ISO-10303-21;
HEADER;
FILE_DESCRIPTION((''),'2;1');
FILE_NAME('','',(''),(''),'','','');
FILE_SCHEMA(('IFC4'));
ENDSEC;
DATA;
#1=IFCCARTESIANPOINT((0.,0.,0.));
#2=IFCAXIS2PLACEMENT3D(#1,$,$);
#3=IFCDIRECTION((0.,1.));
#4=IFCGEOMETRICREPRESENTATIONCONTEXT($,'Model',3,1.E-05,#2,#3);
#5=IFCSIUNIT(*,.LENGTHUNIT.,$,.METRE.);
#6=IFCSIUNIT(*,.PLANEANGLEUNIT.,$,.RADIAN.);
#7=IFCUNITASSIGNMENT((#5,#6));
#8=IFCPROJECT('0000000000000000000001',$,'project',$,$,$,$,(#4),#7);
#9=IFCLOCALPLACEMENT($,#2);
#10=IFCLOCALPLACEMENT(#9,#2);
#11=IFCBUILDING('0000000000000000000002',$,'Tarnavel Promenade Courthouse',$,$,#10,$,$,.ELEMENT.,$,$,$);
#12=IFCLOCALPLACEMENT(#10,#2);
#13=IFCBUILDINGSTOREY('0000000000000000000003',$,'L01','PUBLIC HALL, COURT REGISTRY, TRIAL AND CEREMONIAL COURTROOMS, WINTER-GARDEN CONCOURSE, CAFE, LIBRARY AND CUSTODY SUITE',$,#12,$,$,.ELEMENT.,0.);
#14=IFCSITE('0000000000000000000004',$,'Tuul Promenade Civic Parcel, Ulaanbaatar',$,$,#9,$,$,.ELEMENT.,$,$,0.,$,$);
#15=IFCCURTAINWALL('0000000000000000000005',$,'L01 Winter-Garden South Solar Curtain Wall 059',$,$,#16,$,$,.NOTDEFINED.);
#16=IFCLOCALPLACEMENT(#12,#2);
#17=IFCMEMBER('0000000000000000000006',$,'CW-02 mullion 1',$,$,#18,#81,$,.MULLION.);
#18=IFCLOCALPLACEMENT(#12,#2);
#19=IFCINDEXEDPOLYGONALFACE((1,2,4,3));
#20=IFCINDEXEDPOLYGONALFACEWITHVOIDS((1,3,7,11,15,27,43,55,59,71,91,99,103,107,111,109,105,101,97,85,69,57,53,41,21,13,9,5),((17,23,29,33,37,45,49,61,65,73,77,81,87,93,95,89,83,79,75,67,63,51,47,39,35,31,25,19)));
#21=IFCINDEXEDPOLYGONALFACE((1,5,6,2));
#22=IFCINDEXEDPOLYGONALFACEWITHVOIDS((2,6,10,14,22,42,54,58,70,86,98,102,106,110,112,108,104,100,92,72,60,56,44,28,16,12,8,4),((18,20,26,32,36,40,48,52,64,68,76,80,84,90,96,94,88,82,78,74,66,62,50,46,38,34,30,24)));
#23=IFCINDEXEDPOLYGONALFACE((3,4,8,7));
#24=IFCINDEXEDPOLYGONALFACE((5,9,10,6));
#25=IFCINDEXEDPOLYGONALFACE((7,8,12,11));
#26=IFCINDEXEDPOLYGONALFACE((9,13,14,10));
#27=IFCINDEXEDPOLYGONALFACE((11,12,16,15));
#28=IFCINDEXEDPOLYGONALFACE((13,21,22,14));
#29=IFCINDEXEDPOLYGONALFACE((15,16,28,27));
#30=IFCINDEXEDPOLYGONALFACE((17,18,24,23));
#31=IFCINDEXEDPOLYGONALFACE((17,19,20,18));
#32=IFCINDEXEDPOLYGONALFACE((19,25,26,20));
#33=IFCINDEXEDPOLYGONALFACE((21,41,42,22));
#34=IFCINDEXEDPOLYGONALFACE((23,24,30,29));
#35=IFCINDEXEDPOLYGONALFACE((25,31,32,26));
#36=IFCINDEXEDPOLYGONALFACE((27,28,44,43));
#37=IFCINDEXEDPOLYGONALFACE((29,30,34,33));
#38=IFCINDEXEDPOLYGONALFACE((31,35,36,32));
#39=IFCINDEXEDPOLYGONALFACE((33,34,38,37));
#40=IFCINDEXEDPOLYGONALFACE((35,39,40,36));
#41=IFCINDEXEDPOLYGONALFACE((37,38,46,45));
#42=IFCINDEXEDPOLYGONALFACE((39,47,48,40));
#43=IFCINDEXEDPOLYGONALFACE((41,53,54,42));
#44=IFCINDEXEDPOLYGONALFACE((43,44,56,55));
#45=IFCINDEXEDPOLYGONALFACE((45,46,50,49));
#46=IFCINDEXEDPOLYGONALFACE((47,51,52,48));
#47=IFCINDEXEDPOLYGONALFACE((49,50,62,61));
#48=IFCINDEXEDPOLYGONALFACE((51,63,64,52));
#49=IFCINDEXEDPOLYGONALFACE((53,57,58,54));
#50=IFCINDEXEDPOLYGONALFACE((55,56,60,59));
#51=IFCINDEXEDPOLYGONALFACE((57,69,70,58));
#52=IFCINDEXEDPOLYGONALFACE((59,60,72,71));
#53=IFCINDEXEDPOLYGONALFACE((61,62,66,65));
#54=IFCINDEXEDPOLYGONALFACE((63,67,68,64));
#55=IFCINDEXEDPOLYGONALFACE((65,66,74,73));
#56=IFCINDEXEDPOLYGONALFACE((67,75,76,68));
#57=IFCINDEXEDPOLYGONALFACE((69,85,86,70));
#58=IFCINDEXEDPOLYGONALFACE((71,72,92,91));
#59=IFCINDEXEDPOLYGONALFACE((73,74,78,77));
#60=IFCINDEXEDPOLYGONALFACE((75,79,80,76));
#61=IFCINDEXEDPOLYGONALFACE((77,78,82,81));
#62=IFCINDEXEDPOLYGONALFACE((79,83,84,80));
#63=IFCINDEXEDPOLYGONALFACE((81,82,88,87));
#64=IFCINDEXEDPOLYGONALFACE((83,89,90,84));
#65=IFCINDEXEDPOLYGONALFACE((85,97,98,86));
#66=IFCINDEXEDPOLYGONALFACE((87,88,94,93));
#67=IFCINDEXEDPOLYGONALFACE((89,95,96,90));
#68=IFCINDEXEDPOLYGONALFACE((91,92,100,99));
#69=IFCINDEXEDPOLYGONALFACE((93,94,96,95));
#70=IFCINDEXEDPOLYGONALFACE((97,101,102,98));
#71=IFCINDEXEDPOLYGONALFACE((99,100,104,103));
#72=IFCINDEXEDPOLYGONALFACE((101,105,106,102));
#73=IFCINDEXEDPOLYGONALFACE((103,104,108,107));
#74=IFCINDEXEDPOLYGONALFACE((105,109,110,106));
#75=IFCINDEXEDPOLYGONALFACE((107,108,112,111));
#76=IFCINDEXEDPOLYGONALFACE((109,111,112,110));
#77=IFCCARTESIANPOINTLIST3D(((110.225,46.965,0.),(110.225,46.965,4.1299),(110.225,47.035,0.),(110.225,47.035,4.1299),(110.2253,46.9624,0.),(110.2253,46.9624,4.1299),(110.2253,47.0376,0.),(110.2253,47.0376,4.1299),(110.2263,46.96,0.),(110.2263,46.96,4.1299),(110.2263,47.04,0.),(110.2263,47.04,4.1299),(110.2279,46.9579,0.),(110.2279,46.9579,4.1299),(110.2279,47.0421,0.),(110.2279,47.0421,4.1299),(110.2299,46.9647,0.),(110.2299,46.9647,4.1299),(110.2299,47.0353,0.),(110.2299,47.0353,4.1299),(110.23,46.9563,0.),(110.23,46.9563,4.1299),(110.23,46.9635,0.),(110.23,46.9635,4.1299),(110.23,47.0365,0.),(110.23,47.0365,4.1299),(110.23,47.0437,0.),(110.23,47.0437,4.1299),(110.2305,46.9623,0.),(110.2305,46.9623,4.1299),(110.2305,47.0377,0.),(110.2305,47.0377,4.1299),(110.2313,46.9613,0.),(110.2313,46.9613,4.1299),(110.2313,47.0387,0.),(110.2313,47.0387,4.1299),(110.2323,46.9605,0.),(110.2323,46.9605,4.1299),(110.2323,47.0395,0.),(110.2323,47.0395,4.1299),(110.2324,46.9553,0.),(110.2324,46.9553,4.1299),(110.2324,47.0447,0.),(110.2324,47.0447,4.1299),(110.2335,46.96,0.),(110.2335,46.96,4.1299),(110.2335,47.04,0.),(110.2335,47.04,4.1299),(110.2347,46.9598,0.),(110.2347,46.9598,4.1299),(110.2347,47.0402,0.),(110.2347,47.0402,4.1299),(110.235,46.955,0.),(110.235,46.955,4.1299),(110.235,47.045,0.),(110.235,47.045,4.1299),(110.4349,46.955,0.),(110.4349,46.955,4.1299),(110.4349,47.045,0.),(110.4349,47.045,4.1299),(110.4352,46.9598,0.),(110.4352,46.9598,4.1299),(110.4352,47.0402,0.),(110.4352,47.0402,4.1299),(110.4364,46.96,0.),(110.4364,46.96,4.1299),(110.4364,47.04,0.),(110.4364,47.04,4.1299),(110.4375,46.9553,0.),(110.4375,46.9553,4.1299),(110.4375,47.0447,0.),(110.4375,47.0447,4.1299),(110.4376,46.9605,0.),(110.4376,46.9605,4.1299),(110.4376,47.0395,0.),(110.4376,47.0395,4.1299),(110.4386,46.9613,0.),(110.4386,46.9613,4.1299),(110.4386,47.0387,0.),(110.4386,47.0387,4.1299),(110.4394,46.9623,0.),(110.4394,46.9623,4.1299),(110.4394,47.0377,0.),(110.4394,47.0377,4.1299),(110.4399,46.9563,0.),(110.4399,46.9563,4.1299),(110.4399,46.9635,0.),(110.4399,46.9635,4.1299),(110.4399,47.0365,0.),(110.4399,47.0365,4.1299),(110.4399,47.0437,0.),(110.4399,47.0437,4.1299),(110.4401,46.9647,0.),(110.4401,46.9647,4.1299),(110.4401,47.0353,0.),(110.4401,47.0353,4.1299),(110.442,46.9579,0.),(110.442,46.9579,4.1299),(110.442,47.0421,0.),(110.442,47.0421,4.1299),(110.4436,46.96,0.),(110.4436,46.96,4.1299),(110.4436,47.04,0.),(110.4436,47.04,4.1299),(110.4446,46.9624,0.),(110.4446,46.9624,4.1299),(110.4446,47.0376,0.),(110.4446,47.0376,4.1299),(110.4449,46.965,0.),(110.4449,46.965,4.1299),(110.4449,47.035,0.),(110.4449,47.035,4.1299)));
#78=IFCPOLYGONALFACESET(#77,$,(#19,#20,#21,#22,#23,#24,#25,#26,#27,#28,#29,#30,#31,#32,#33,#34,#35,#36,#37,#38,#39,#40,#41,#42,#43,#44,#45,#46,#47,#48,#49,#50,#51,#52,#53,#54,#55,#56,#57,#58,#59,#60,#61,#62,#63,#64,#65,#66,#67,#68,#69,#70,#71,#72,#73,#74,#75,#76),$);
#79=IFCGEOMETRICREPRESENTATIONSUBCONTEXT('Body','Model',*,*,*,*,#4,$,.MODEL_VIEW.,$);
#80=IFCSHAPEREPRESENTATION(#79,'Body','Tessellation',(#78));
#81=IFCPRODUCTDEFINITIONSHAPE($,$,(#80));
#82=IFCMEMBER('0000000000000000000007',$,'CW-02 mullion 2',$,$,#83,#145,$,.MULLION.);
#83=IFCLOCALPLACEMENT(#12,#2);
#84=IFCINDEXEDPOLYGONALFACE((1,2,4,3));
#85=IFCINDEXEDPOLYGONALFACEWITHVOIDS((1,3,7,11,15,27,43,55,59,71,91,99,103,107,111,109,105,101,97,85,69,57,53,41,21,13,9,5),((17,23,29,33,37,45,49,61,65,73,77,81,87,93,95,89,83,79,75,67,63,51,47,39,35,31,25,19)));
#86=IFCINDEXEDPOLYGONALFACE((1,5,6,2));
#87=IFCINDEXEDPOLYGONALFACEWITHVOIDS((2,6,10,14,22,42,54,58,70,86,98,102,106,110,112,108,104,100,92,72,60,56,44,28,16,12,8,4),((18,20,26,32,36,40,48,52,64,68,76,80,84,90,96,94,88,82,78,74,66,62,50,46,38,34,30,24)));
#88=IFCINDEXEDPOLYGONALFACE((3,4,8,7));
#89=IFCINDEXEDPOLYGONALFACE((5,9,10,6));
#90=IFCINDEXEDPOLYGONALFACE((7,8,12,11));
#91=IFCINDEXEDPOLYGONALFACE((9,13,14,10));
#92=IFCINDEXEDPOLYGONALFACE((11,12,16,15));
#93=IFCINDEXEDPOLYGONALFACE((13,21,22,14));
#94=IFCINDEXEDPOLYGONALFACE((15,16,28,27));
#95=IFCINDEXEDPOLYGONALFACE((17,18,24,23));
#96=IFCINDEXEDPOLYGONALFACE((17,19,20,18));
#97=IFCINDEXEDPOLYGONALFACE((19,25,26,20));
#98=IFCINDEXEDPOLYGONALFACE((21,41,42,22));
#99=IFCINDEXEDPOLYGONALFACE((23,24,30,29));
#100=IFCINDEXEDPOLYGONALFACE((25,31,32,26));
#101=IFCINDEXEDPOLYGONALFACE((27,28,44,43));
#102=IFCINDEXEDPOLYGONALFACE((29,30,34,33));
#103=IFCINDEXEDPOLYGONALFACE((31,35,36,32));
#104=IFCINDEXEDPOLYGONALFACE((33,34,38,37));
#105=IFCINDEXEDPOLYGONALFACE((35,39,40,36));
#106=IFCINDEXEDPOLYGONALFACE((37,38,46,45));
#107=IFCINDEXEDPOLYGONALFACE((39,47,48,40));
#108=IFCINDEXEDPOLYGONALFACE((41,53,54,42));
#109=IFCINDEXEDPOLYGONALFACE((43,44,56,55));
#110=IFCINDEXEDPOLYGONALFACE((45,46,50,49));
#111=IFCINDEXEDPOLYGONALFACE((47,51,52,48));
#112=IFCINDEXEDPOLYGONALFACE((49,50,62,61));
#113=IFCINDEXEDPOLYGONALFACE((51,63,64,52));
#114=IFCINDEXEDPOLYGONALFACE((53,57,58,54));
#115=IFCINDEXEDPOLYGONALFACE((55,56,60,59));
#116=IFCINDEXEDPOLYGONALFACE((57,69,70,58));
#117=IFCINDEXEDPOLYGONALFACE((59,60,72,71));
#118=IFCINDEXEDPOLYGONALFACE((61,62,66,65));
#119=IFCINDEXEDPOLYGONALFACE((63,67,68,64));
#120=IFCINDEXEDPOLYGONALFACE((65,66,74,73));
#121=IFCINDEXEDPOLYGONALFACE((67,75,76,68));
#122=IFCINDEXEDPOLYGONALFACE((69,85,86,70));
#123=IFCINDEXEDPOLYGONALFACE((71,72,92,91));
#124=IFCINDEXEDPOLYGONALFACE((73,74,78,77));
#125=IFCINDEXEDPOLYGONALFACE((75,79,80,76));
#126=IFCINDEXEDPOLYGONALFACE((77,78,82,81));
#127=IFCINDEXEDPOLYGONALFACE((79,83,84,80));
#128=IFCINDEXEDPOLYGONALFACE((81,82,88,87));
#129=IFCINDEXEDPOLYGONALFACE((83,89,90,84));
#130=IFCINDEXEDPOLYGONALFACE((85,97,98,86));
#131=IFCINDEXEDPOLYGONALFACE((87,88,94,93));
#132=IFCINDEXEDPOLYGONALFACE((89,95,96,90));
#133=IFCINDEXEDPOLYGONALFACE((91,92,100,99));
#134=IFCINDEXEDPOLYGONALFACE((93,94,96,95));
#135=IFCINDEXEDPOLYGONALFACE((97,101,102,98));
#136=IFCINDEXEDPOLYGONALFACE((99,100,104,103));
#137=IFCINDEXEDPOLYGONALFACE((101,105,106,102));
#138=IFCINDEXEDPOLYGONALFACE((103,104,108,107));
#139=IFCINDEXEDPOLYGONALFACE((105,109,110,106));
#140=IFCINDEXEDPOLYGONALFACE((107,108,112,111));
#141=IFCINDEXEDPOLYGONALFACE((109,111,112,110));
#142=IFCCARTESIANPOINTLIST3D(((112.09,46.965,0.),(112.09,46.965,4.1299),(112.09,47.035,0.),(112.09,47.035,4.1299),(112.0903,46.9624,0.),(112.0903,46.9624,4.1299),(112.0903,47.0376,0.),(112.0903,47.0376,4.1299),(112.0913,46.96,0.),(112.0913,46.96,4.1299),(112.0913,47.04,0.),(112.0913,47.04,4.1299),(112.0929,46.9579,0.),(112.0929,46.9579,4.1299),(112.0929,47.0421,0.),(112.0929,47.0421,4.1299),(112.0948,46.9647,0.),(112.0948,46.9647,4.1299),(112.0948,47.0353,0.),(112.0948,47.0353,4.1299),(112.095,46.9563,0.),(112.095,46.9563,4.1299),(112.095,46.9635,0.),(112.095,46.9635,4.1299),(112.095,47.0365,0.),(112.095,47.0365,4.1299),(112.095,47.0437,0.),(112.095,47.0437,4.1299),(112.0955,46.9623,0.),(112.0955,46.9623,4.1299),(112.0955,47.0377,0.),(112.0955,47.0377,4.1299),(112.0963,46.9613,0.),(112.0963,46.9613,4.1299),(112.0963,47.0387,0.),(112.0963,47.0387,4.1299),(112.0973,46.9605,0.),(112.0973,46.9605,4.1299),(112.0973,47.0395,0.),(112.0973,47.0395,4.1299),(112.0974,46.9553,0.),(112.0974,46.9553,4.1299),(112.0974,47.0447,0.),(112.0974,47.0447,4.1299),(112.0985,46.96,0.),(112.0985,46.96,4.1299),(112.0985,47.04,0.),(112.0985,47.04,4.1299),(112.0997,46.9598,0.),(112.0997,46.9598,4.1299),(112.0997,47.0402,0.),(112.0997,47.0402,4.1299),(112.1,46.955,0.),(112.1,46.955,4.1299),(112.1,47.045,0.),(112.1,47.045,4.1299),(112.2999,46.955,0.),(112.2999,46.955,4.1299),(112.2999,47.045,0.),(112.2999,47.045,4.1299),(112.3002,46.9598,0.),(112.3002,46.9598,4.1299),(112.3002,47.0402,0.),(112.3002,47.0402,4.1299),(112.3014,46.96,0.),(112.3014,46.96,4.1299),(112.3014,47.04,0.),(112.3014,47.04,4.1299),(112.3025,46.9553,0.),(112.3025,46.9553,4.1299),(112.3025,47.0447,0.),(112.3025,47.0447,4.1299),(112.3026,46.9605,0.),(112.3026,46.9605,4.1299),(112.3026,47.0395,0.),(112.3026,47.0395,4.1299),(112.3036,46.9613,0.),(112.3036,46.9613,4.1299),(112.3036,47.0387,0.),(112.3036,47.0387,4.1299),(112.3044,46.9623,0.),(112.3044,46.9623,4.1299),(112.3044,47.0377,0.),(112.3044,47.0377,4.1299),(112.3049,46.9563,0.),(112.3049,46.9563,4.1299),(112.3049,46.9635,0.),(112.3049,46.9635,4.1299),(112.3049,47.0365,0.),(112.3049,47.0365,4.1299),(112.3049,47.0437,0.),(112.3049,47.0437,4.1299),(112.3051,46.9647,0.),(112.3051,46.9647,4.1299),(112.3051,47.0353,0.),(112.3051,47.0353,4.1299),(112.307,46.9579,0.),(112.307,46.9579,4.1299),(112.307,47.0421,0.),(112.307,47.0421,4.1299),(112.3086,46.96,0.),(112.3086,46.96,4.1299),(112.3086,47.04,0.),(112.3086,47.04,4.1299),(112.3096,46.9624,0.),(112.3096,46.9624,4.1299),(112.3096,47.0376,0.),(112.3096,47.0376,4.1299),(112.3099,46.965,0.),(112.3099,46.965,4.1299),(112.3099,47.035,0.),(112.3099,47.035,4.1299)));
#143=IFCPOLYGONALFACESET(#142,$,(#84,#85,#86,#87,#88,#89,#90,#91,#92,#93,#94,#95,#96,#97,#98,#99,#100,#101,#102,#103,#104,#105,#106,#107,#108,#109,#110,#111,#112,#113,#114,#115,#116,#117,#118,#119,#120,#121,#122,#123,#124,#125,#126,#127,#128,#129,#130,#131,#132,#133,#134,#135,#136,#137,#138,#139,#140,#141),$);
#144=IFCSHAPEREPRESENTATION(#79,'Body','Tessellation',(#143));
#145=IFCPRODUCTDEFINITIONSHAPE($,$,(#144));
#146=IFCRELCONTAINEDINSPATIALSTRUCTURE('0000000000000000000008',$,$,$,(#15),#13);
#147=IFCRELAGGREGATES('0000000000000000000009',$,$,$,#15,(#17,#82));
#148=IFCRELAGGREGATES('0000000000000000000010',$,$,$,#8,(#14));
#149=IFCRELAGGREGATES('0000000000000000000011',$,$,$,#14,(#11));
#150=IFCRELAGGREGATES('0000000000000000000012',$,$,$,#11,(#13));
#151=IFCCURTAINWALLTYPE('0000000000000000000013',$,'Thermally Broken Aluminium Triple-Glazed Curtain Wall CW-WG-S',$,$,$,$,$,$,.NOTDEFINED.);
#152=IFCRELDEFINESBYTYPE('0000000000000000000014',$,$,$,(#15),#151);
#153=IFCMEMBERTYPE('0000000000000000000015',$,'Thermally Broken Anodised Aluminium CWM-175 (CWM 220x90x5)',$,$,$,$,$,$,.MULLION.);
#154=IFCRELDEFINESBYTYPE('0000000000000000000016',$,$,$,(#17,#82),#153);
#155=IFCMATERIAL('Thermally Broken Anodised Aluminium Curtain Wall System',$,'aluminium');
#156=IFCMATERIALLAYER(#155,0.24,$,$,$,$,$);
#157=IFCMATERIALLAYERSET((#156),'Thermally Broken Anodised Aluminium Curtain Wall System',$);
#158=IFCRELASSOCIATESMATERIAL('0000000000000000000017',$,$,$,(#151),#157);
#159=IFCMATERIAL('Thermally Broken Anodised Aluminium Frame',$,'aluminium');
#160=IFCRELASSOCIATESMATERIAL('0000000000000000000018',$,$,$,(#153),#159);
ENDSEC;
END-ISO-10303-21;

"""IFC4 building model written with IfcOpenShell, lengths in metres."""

from ifc_helpers import new_model, si_unit, direction, frame, origin, origin_2d, place, context, subcontext, project, spatial, hollow_rectangle, extrude, material, layer, layer_set, material_profile, profile_set, type_object, element, aggregate, save


model = new_model("IFC4")

# Units and contexts
model_context = context("Model", 3, precision=1e-05, world=origin(), true_north=direction((0.0, 1.0)))
body_context = subcontext(model_context, "Body", "Model", "MODEL_VIEW")
ifc_project = project(units=[si_unit("LENGTHUNIT", "METRE"), si_unit("PLANEANGLEUNIT", "RADIAN")], contexts=[model_context])

# Site, building, storey
site_placement = place(None, origin())
site = spatial("IfcSite", under=ifc_project, at=site_placement, Name="Tuul Promenade Civic Parcel, Ulaanbaatar", CompositionType="ELEMENT", RefElevation=0.0)
building_placement = place(site_placement, origin())
building = spatial("IfcBuilding", under=site, at=building_placement, Name="Tarnavel Promenade Courthouse", CompositionType="ELEMENT")
storey_placement = place(building_placement, origin())
storey = spatial("IfcBuildingStorey", under=building, at=storey_placement, Name="L01", Description="PUBLIC HALL, COURT REGISTRY, TRIAL AND CEREMONIAL COURTROOMS, WINTER-GARDEN CONCOURSE, CAFE, LIBRARY AND CUSTODY SUITE", CompositionType="ELEMENT", Elevation=0.0)

# Shared definitions
ifc_material_1 = material(Name="Thermally Broken Anodised Aluminium Curtain Wall System", Category="aluminium")
ifc_layer_1 = layer(ifc_material_1, 0.24)
ifc_layer_set_1 = layer_set([ifc_layer_1], Name="Thermally Broken Anodised Aluminium Curtain Wall System")
curtain_wall_type = type_object("IfcCurtainWallType", Name="Thermally Broken Aluminium Triple-Glazed Curtain Wall CW-WG-S", PredefinedType="NOTDEFINED", material=ifc_layer_set_1)
ifc_material_2 = material(Name="Thermally Broken Anodised Aluminium Frame", Category="aluminium")
ifc_material_profile_1 = material_profile(ifc_material_2, hollow_rectangle(XDim=0.0901, YDim=0.22, WallThickness=0.0049, InnerFilletRadius=0.0049, OuterFilletRadius=0.01, at=origin_2d()), Name="CWM 220x90x5")
ifc_profile_set_1 = profile_set([ifc_material_profile_1], Name="Thermally Broken Anodised Aluminium Frame")
member_type_1 = type_object("IfcMemberType", Name="Thermally Broken Anodised Aluminium CWM-175 (CWM 220x90x5)", PredefinedType="MULLION", material=ifc_profile_set_1)

# Curtain wall, members
curtain_wall_1_placement = place(storey_placement, origin())
curtain_wall_1 = element("IfcCurtainWall", 1, at=curtain_wall_1_placement, inside=storey, type_object=curtain_wall_type, Name="L01 Winter-Garden South Solar Curtain Wall 059", PredefinedType="NOTDEFINED")
member_1_placement = place(storey_placement, frame((110.335, 47.0, 0.0), z_axis=(0.0, 0.0, 1.0), x_axis=(0.0, 1.0, 0.0)))
member_1 = element("IfcMember", 2, at=member_1_placement, type_object=member_type_1, Name="CW-02 mullion 1", PredefinedType="MULLION", context=body_context, shape_type="SweptSolid", body=[
    extrude(hollow_rectangle(XDim=0.0901, YDim=0.22, WallThickness=0.0049, InnerFilletRadius=0.0049, OuterFilletRadius=0.01, at=origin_2d()), origin(), (0.0, 0.0, 1.0), 4.1299),
])
member_2_placement = place(storey_placement, frame((112.2, 47.0, 0.0), z_axis=(0.0, 0.0, 1.0), x_axis=(0.0, 1.0, 0.0)))
member_2 = element("IfcMember", 3, at=member_2_placement, type_object=member_type_1, Name="CW-02 mullion 2", PredefinedType="MULLION", context=body_context, shape_type="SweptSolid", body=[
    extrude(hollow_rectangle(XDim=0.0901, YDim=0.22, WallThickness=0.0049, InnerFilletRadius=0.0049, OuterFilletRadius=0.01, at=origin_2d()), origin(), (0.0, 0.0, 1.0), 4.1299),
])

aggregate(curtain_wall_1, [member_1, member_2])

save(model, "model.ifc")
